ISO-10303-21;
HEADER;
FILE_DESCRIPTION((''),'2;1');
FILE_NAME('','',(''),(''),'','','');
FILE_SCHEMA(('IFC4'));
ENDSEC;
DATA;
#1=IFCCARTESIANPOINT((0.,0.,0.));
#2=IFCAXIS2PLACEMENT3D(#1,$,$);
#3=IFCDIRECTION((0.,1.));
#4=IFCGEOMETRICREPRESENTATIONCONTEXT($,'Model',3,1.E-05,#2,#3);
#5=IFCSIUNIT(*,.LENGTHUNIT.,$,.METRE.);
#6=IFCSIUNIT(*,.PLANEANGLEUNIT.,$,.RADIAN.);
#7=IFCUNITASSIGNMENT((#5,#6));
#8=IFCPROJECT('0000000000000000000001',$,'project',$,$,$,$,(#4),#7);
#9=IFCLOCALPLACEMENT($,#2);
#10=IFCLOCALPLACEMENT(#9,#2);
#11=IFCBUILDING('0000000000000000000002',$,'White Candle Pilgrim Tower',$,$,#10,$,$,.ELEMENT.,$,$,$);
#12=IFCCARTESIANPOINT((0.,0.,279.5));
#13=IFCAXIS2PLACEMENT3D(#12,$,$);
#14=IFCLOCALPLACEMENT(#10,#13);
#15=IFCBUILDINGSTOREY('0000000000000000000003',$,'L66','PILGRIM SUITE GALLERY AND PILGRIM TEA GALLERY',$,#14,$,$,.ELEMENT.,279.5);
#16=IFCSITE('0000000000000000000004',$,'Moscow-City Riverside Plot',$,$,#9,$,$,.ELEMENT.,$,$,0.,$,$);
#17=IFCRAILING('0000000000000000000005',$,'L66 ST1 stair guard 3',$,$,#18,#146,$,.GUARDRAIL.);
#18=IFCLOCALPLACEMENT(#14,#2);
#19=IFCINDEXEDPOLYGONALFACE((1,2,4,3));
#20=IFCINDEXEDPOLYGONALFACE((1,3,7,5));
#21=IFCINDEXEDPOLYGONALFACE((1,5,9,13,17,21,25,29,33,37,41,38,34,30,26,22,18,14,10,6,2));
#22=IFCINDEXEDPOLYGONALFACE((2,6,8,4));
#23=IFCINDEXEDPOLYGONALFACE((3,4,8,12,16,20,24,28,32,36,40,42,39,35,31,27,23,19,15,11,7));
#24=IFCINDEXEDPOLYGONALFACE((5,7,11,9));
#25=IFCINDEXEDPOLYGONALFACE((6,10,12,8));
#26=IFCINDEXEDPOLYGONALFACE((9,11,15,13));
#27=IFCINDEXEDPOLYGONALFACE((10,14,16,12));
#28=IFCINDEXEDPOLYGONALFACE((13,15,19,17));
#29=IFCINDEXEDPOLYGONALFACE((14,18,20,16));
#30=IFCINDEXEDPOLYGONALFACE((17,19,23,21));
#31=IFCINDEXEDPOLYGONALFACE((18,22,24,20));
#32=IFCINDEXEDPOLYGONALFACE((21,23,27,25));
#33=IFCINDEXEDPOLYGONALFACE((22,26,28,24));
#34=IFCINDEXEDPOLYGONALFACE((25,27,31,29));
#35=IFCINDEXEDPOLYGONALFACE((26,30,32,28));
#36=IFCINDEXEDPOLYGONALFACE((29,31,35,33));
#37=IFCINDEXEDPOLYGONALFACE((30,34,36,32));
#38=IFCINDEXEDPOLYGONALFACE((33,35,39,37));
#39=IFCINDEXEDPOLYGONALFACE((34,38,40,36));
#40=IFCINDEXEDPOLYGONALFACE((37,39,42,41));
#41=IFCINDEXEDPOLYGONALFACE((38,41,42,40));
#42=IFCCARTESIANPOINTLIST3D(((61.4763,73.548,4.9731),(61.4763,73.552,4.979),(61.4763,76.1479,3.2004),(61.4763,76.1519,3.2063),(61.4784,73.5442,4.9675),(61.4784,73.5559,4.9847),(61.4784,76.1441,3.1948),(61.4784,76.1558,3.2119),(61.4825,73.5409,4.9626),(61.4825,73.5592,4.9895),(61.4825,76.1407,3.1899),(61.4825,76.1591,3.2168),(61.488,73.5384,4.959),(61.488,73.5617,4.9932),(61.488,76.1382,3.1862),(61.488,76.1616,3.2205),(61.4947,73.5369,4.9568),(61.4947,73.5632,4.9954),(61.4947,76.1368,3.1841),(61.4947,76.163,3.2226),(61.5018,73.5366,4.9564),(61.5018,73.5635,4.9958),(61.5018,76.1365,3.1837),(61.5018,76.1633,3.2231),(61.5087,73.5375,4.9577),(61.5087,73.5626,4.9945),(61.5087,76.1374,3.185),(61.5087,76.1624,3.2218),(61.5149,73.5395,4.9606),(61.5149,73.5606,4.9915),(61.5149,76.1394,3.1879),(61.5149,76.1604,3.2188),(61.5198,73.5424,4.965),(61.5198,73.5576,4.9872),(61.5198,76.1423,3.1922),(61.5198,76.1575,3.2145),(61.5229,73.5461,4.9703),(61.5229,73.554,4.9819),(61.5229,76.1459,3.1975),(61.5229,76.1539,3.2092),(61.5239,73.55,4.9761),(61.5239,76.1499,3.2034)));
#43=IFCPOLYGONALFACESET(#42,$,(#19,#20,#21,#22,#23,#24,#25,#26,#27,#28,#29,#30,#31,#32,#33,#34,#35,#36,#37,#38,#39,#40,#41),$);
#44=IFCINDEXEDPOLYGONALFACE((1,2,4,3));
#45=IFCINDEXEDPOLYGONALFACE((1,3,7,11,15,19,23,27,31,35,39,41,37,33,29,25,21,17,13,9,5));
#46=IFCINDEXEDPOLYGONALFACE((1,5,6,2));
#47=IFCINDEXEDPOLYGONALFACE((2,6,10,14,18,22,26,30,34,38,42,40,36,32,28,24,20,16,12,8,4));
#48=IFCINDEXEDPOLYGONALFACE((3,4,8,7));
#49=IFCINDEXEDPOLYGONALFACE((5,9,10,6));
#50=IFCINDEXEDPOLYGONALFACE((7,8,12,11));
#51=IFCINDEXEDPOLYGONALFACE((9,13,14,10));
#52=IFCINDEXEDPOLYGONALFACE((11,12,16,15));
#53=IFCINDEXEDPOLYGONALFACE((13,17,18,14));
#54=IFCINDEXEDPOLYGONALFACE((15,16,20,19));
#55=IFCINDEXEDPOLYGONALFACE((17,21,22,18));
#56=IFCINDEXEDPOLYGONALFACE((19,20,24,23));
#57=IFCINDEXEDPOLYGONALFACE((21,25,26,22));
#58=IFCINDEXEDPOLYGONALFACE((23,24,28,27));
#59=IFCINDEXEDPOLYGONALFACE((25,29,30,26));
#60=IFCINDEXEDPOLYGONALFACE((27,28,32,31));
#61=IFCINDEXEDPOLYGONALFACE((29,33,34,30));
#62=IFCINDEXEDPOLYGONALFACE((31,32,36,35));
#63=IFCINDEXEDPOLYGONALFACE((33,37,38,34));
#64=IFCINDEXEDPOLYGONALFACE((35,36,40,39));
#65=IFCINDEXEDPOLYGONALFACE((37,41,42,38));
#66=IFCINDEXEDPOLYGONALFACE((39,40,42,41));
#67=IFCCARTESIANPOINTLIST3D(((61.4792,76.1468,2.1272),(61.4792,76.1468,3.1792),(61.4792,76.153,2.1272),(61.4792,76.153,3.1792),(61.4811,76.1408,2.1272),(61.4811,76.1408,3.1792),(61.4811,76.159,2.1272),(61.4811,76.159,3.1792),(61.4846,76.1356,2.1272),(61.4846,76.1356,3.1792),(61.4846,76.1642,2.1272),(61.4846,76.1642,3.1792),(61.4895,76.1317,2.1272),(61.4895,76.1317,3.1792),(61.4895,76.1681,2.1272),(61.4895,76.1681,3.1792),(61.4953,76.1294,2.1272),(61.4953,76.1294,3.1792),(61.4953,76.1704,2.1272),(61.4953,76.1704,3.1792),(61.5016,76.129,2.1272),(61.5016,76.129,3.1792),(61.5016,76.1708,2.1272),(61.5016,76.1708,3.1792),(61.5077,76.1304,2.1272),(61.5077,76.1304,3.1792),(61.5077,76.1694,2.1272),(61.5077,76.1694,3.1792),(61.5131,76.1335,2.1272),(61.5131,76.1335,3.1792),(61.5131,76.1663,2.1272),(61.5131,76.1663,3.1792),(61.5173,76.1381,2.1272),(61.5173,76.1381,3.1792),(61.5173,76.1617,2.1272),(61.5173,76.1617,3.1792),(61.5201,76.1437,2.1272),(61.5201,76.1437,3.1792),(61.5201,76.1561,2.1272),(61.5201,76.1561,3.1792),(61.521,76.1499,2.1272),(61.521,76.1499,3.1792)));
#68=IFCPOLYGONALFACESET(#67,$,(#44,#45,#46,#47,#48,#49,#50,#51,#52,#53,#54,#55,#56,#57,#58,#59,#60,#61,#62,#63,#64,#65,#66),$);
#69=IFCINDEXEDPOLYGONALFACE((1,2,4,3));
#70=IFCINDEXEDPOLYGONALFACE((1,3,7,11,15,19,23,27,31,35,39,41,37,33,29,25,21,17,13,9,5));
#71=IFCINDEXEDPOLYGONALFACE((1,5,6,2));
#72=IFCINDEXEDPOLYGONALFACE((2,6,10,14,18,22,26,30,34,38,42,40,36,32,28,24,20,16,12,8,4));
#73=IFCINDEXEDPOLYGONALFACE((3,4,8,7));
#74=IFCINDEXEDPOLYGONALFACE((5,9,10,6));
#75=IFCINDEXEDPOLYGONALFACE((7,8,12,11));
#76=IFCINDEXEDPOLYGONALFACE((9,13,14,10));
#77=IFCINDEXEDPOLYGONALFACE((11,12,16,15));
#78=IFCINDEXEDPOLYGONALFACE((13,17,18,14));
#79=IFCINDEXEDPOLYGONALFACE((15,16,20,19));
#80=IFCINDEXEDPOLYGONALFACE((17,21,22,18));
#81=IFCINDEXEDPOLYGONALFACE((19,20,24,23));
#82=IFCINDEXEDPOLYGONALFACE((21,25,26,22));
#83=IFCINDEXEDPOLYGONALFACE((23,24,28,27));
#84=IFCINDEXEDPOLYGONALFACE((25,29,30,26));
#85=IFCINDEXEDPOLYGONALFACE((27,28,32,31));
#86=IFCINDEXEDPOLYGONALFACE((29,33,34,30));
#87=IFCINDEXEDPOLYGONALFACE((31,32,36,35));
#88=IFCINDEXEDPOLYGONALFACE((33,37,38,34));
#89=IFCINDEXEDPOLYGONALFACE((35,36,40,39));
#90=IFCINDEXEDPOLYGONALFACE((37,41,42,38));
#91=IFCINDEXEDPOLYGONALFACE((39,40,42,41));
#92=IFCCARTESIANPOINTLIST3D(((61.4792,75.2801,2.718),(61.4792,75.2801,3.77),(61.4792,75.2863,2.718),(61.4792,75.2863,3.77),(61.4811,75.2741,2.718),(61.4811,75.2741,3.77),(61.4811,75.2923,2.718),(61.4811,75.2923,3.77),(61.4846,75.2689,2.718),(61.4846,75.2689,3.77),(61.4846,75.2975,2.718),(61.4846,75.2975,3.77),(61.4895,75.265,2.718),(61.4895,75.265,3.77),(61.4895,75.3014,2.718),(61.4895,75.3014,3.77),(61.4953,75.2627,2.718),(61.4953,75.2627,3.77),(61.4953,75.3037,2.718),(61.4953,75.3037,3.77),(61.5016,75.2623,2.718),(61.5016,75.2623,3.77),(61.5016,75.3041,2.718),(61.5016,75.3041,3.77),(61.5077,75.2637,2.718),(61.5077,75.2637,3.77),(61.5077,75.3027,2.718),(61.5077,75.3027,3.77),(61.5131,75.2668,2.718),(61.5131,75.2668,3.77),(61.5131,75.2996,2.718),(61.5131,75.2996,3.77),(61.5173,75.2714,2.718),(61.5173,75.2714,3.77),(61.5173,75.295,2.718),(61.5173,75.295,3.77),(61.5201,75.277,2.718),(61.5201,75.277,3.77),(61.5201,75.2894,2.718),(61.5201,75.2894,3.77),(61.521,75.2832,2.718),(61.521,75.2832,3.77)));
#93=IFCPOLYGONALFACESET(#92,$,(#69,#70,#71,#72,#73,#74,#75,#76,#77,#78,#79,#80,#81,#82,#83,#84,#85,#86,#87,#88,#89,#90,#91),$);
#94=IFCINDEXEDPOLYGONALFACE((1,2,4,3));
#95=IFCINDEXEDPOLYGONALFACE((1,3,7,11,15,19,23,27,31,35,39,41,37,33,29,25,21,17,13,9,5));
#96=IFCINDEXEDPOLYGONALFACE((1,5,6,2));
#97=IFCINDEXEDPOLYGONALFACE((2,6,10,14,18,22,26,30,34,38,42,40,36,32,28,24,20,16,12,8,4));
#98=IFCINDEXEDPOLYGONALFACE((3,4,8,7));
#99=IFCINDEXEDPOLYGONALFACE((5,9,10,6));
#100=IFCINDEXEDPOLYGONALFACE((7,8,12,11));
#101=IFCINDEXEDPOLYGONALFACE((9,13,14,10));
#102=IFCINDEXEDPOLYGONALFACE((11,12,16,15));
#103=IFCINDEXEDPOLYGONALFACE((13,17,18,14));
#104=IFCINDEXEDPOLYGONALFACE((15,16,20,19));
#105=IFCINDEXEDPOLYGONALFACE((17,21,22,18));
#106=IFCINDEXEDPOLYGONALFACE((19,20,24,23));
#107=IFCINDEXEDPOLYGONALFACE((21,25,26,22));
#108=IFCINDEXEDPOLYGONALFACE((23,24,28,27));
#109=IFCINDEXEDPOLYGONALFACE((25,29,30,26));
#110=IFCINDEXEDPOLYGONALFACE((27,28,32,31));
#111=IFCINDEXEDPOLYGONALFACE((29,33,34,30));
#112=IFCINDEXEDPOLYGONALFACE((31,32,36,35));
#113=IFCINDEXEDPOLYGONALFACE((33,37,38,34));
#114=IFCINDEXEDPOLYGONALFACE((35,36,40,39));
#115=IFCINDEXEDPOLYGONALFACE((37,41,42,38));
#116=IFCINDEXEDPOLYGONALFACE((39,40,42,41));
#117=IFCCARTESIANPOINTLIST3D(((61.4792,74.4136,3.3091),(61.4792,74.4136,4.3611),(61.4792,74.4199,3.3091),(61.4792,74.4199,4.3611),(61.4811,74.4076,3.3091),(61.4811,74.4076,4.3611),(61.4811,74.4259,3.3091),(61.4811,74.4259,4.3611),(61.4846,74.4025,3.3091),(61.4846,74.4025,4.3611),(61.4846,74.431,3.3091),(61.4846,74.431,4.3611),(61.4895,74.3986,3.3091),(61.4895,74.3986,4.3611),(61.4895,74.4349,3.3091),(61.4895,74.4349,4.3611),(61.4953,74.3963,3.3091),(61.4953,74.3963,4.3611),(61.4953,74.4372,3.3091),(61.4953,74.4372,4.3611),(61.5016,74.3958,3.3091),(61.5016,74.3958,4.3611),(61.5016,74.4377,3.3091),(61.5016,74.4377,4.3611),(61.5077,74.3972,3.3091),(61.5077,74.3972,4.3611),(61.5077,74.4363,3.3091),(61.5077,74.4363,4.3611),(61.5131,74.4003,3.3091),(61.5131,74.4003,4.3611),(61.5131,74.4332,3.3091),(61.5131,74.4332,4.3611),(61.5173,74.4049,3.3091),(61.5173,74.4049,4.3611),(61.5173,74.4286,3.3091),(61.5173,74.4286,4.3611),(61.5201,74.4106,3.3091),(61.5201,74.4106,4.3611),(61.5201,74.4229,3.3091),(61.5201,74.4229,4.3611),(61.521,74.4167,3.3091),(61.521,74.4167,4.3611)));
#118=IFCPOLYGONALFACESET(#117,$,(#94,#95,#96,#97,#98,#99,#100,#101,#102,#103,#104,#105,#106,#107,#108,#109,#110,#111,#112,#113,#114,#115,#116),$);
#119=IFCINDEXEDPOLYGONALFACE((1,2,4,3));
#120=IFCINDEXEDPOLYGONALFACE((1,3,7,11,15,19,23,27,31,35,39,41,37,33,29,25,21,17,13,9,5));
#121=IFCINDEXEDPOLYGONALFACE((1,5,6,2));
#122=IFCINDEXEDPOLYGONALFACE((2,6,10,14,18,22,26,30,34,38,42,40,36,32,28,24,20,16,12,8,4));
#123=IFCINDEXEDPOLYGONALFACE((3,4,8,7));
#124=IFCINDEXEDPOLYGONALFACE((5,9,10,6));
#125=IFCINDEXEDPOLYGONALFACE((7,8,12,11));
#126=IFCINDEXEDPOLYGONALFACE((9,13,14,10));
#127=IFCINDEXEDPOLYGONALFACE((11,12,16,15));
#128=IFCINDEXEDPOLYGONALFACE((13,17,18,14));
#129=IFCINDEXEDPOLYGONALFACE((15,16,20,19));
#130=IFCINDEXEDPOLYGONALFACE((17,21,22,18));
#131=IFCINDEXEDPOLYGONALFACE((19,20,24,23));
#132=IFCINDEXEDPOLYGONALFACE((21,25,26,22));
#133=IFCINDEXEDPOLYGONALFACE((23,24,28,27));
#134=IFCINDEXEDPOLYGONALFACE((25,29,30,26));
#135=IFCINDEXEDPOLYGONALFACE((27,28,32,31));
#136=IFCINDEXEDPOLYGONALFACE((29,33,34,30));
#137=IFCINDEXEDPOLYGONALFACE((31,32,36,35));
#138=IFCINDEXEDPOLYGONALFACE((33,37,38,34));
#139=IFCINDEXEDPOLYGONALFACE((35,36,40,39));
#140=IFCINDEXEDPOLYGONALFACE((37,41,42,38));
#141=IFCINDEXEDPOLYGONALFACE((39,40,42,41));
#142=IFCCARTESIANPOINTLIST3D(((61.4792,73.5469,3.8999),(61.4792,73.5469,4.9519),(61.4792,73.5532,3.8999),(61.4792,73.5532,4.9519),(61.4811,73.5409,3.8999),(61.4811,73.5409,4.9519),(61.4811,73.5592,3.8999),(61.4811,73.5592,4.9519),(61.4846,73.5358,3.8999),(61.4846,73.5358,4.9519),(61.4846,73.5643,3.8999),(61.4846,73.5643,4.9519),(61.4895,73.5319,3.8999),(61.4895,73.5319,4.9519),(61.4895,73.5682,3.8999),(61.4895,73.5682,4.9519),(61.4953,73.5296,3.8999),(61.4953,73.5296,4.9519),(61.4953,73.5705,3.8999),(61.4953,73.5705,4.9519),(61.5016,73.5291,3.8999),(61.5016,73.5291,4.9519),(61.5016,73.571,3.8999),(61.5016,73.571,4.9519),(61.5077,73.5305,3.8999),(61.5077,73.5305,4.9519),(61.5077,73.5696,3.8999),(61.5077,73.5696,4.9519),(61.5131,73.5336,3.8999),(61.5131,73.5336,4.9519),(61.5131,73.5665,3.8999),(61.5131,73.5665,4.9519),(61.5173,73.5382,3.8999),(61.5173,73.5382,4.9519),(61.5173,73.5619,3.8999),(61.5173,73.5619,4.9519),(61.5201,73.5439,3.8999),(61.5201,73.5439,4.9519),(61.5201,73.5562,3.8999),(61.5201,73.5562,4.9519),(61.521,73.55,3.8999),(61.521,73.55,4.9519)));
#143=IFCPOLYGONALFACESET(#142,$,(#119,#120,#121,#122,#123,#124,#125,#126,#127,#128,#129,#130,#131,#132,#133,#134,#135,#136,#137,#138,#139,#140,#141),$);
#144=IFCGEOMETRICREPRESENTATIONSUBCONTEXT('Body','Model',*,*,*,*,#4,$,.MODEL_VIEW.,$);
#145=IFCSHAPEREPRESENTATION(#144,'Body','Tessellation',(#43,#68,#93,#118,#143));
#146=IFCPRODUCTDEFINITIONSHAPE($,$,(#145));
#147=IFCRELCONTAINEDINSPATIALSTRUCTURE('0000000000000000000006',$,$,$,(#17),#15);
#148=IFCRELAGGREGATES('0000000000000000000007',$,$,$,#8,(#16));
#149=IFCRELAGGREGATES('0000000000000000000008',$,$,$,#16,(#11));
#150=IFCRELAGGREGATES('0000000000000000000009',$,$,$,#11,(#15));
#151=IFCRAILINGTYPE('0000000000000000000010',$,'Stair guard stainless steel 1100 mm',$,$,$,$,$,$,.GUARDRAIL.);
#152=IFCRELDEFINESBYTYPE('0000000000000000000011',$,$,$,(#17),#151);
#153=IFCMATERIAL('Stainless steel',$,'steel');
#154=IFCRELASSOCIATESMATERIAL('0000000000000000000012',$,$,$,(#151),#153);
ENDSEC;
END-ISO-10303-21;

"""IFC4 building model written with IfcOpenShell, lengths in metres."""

from ifc_helpers import new_model, si_unit, direction, frame, origin, origin_2d, place, context, subcontext, project, spatial, circle, extrude, material, type_object, element, save


model = new_model("IFC4")

# Units and contexts
model_context = context("Model", 3, precision=1e-05, world=origin(), true_north=direction((0.0, 1.0)))
body_context = subcontext(model_context, "Body", "Model", "MODEL_VIEW")
ifc_project = project(units=[si_unit("LENGTHUNIT", "METRE"), si_unit("PLANEANGLEUNIT", "RADIAN")], contexts=[model_context])

# Site, building, storey
site_placement = place(None, origin())
site = spatial("IfcSite", under=ifc_project, at=site_placement, Name="Moscow-City Riverside Plot", CompositionType="ELEMENT", RefElevation=0.0)
building_placement = place(site_placement, origin())
building = spatial("IfcBuilding", under=site, at=building_placement, Name="White Candle Pilgrim Tower", CompositionType="ELEMENT")
storey_placement = place(building_placement, frame((0.0, 0.0, 279.5)))
storey = spatial("IfcBuildingStorey", under=building, at=storey_placement, Name="L66", Description="PILGRIM SUITE GALLERY AND PILGRIM TEA GALLERY", CompositionType="ELEMENT", Elevation=279.5)

# Shared definitions
ifc_material_1 = material(Name="Stainless steel", Category="steel")

# Railing
railing_type_1 = type_object("IfcRailingType", Name="Stair guard stainless steel 1100 mm", PredefinedType="GUARDRAIL", material=ifc_material_1)
railing_1_placement = place(storey_placement, frame((61.5, 76.1499, 2.1272)))
element("IfcRailing", 1, at=railing_1_placement, inside=storey, type_object=railing_type_1, Name="L66 ST1 stair guard 3", PredefinedType="GUARDRAIL", context=body_context, shape_type="SweptSolid", body=[
    extrude(circle(Radius=0.0239, at=origin_2d()), frame((0.0, 0.0, 1.0762), z_axis=(0.0, -0.826216, 0.563354), x_axis=(1.0, 0.0, 0.0)), (0.0, 0.0, 1.0), 3.1467),
    extrude(circle(Radius=0.021, at=origin_2d()), origin(), (0.0, 0.0, 1.0), 1.052),
    extrude(circle(Radius=0.021, at=origin_2d()), frame((0.0, -0.8667, 0.5908)), (0.0, 0.0, 1.0), 1.052),
    extrude(circle(Radius=0.021, at=origin_2d()), frame((0.0, -1.7332, 1.1819)), (0.0, 0.0, 1.0), 1.052),
    extrude(circle(Radius=0.021, at=origin_2d()), frame((0.0, -2.5999, 1.7727)), (0.0, 0.0, 1.0), 1.052),
])

save(model, "model.ifc")
